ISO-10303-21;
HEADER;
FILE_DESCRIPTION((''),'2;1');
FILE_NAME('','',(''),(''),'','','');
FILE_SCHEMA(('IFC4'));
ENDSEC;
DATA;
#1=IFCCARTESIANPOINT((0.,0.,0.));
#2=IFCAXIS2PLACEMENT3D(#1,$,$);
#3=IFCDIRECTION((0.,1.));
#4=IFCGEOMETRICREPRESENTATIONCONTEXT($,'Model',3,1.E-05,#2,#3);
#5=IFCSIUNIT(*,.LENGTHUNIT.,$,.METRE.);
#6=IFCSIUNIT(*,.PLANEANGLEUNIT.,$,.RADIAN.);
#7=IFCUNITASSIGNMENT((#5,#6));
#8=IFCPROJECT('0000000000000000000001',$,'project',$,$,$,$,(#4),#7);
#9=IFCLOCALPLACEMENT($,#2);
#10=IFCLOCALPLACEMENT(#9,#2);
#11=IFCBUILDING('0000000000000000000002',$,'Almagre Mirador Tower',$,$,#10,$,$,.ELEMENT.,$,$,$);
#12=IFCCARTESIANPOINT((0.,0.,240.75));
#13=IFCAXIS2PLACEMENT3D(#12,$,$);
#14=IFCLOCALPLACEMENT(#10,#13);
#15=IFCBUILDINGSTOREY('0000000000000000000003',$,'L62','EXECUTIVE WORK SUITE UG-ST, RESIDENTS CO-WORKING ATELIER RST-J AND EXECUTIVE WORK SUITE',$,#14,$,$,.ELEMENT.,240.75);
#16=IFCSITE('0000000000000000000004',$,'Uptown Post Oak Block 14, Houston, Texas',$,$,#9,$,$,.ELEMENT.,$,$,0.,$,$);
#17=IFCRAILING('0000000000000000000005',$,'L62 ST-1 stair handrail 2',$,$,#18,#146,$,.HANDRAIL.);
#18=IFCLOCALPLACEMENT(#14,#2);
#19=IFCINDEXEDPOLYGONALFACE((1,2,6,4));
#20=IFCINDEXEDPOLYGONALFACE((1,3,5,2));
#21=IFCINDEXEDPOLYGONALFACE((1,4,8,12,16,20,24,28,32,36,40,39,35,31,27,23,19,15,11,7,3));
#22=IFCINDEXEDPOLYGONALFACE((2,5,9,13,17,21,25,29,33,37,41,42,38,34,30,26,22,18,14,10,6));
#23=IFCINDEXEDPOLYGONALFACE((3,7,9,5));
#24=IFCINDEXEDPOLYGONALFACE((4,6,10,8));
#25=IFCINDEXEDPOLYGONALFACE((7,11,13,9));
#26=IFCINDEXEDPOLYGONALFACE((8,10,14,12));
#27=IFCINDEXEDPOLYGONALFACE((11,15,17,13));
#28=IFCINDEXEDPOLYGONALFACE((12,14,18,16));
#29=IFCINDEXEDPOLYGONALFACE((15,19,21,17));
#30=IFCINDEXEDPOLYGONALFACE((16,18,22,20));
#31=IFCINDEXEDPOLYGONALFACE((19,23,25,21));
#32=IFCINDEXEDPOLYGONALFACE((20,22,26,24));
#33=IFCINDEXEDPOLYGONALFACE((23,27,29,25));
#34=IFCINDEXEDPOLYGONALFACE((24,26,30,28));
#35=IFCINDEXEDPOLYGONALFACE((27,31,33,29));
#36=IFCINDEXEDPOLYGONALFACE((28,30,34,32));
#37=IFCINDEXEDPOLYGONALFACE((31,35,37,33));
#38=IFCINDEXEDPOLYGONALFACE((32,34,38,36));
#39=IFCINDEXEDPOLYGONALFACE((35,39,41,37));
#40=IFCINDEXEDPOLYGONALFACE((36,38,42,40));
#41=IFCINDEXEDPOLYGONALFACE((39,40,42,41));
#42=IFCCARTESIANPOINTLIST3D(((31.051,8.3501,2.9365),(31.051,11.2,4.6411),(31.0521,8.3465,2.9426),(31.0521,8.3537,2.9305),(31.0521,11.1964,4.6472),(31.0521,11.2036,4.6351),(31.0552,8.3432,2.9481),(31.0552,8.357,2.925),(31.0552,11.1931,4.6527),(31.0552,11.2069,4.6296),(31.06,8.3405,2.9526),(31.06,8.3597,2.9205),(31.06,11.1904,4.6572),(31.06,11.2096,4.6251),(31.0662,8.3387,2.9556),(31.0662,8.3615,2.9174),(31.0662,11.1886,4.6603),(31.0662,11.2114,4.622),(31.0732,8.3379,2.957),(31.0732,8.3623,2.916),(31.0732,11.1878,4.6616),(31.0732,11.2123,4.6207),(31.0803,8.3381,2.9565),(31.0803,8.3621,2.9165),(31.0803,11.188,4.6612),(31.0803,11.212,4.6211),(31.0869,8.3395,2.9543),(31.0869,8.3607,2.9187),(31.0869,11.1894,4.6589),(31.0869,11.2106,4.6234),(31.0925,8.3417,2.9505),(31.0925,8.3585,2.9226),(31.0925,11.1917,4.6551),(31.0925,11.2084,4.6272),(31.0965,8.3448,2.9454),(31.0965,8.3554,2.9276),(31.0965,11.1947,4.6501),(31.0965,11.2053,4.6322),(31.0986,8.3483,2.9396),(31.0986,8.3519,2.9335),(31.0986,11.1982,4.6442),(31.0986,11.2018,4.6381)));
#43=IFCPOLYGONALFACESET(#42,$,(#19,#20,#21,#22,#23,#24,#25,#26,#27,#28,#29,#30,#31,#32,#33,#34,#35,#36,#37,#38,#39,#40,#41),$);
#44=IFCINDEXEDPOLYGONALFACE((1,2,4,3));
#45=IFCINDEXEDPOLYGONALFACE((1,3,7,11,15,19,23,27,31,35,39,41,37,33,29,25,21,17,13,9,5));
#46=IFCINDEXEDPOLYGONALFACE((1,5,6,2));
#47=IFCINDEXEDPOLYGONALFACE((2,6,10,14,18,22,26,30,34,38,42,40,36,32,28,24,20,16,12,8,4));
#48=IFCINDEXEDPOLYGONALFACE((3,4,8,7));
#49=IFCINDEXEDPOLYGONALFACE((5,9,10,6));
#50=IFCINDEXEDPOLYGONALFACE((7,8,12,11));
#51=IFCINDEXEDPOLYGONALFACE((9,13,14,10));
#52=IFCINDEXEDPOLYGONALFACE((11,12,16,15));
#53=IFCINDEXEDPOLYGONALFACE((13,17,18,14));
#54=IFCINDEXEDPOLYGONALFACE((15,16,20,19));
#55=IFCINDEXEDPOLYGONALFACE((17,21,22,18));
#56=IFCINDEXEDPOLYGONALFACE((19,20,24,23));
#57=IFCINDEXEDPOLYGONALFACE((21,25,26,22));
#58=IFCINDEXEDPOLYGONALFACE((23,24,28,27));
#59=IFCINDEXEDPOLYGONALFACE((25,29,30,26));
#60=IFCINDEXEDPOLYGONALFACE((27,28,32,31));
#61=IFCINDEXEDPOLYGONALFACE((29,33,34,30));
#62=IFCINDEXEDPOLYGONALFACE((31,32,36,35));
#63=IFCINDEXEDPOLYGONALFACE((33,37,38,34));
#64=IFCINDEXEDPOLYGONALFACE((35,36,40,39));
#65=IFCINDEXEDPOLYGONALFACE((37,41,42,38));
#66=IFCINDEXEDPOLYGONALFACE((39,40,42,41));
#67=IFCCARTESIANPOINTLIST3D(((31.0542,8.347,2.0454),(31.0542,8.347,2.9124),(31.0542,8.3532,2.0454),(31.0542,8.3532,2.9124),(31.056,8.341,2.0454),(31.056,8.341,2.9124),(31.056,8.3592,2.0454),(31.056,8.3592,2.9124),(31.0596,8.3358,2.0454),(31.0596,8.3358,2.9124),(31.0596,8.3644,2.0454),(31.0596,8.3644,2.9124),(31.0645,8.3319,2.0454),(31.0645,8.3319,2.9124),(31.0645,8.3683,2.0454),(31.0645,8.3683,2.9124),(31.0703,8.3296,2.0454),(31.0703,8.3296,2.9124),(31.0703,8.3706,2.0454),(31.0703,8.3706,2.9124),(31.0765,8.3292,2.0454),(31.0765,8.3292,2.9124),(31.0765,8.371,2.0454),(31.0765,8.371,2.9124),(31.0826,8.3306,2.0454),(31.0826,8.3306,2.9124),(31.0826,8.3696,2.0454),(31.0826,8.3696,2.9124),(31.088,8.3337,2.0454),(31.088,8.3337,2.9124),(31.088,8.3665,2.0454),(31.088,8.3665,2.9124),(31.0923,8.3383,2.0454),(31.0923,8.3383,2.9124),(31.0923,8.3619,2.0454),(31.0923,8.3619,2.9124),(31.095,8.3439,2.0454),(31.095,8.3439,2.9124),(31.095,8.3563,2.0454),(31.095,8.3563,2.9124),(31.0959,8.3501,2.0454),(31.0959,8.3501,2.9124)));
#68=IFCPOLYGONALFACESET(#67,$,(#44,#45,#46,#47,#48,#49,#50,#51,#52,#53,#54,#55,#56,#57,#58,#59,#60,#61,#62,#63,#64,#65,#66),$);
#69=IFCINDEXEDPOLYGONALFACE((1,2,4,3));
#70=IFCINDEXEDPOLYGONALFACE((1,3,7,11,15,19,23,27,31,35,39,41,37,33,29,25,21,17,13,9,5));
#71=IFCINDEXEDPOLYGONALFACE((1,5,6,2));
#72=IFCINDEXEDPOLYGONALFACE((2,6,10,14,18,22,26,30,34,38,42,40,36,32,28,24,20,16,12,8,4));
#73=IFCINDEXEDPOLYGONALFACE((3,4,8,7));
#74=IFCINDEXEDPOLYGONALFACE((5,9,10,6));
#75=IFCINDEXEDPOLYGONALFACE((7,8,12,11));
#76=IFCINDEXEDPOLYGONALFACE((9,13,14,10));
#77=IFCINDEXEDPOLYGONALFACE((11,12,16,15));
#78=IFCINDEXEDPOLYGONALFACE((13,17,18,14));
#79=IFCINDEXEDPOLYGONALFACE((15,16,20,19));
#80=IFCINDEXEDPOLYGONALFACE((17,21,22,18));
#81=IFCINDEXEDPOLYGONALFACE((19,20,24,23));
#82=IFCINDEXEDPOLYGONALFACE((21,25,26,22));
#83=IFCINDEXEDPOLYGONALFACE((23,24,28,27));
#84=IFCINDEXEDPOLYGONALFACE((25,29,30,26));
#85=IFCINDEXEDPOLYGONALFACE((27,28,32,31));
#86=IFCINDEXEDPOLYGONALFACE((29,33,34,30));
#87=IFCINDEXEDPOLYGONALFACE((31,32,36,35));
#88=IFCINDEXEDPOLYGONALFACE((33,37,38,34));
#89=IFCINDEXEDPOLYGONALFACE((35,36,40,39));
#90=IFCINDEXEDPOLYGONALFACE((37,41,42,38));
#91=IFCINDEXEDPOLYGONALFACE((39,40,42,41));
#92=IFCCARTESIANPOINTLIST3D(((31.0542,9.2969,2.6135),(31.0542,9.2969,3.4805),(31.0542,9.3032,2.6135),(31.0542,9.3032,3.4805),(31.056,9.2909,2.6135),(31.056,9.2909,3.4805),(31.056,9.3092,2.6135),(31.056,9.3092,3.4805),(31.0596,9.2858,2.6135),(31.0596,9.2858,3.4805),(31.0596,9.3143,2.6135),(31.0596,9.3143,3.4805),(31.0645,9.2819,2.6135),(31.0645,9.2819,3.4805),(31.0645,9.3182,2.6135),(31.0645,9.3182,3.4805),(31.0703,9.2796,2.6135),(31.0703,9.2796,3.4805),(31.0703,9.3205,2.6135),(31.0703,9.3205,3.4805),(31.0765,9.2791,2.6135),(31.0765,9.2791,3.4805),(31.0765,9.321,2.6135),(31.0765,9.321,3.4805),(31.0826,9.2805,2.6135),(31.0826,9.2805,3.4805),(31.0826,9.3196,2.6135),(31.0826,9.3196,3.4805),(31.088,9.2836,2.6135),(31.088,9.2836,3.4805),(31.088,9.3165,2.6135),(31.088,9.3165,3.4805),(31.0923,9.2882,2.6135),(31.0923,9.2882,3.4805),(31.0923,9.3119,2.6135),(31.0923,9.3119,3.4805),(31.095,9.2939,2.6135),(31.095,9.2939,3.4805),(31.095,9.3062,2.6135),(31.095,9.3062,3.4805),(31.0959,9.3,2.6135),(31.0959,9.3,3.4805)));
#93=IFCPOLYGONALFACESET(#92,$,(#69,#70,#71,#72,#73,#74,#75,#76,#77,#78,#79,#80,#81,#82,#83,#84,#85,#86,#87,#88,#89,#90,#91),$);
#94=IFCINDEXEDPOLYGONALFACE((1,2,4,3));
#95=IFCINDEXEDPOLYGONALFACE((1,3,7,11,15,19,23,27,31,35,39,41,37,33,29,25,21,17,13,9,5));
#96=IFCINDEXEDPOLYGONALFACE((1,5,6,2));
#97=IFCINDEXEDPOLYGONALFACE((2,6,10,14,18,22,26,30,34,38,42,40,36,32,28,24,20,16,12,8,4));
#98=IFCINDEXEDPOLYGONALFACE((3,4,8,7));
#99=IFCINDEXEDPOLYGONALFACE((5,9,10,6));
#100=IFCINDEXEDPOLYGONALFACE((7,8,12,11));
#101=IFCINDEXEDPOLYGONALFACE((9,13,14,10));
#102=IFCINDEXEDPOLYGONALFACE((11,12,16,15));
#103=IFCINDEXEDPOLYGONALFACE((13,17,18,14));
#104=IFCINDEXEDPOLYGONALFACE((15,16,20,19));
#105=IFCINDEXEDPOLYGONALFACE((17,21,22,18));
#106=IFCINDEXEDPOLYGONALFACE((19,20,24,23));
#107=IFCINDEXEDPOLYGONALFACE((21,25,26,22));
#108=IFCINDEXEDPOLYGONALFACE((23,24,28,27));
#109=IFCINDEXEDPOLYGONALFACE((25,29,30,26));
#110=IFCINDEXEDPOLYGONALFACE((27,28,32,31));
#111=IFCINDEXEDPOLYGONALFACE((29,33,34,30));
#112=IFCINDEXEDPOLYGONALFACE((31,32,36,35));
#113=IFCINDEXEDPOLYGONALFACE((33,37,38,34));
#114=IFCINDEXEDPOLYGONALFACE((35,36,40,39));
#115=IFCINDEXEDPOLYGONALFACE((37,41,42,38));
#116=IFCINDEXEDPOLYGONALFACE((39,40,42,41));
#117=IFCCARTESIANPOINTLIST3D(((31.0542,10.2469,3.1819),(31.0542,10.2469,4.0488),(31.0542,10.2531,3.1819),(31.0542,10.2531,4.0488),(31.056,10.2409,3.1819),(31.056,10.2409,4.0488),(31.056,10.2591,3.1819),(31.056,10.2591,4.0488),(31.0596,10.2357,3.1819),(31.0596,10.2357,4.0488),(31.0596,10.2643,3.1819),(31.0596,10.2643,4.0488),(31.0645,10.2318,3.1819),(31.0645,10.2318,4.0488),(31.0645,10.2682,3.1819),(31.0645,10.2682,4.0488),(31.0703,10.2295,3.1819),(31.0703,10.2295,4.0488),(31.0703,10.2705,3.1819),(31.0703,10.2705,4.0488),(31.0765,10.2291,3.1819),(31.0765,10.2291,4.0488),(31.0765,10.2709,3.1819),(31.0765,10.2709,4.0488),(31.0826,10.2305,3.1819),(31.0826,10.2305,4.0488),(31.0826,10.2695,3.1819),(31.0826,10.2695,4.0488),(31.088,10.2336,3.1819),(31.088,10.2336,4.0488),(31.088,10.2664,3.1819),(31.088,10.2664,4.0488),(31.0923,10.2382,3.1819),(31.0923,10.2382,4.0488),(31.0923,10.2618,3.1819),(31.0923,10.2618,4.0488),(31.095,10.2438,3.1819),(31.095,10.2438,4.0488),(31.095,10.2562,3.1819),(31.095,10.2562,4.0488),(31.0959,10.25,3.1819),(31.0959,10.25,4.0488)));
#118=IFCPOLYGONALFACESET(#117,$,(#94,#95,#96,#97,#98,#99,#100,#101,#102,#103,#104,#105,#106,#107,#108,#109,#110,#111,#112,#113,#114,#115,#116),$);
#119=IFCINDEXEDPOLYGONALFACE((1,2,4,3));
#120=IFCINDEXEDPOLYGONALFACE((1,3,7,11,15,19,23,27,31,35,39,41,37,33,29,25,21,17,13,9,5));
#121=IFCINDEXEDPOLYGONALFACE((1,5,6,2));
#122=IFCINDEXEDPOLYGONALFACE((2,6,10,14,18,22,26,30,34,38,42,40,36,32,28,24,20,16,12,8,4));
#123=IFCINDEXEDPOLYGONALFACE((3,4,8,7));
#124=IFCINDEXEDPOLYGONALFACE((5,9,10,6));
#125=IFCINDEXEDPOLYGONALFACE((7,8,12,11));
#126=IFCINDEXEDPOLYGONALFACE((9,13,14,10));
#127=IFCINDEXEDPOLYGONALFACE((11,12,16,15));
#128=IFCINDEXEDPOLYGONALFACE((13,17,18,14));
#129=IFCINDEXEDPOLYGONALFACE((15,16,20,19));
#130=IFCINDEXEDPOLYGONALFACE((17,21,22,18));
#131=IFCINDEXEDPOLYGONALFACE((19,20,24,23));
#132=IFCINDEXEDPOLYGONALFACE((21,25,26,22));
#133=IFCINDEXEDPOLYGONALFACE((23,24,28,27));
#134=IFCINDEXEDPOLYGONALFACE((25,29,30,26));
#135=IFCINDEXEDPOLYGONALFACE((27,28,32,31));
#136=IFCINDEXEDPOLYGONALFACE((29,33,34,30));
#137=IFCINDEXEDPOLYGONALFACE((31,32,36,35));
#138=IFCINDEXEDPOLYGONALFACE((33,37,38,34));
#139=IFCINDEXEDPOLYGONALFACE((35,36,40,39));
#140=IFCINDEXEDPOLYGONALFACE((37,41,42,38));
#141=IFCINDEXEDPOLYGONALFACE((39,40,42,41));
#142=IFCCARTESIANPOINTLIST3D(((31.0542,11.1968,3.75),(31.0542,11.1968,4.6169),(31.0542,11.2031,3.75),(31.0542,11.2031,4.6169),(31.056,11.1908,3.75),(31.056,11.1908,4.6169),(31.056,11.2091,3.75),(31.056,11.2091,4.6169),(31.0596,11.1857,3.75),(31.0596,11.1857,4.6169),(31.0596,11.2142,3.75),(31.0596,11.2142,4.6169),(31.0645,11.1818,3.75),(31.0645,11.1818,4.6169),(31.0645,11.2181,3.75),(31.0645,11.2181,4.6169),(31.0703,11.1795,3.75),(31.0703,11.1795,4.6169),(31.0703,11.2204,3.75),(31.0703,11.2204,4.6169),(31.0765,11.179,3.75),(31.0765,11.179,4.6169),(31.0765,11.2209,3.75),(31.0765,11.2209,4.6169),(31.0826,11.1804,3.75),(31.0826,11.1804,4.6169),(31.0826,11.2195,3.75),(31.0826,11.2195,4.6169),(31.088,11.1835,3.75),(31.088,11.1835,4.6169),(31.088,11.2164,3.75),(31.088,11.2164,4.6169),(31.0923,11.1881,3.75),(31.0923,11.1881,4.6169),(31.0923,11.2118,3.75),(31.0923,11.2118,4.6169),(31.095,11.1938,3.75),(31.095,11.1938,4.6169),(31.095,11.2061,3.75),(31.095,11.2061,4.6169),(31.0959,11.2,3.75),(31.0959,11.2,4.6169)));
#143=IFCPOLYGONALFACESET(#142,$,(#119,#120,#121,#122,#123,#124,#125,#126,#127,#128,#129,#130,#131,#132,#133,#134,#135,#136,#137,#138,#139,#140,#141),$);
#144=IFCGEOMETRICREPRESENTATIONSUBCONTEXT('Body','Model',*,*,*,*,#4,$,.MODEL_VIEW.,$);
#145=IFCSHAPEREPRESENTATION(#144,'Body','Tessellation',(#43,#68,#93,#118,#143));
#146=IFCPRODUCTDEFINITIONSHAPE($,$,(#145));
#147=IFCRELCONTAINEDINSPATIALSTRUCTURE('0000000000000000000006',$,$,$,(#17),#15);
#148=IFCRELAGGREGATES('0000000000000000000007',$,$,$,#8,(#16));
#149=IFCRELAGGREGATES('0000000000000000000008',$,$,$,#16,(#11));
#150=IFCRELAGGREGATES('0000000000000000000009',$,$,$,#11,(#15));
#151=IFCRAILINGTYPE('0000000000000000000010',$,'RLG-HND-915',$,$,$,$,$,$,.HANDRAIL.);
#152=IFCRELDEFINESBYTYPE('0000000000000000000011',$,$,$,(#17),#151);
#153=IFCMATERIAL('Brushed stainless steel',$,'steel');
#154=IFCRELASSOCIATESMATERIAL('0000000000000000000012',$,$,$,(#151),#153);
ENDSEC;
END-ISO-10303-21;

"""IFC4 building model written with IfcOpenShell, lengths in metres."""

from ifc_helpers import new_model, si_unit, direction, frame, origin, origin_2d, place, context, subcontext, project, spatial, circle, extrude, material, type_object, element, save


model = new_model("IFC4")

# Units and contexts
model_context = context("Model", 3, precision=1e-05, world=origin(), true_north=direction((0.0, 1.0)))
body_context = subcontext(model_context, "Body", "Model", "MODEL_VIEW")
ifc_project = project(units=[si_unit("LENGTHUNIT", "METRE"), si_unit("PLANEANGLEUNIT", "RADIAN")], contexts=[model_context])

# Site, building, storey
site_placement = place(None, origin())
site = spatial("IfcSite", under=ifc_project, at=site_placement, Name="Uptown Post Oak Block 14, Houston, Texas", CompositionType="ELEMENT", RefElevation=0.0)
building_placement = place(site_placement, origin())
building = spatial("IfcBuilding", under=site, at=building_placement, Name="Almagre Mirador Tower", CompositionType="ELEMENT")
storey_placement = place(building_placement, frame((0.0, 0.0, 240.75)))
storey = spatial("IfcBuildingStorey", under=building, at=storey_placement, Name="L62", Description="EXECUTIVE WORK SUITE UG-ST, RESIDENTS CO-WORKING ATELIER RST-J AND EXECUTIVE WORK SUITE", CompositionType="ELEMENT", Elevation=240.75)

# Railing
ifc_material_1 = material(Name="Brushed stainless steel", Category="steel")
railing_type_1 = type_object("IfcRailingType", Name="RLG-HND-915", PredefinedType="HANDRAIL", material=ifc_material_1)
railing_1_placement = place(storey_placement, frame((31.075, 8.3501, 2.0454)))
element("IfcRailing", 1, at=railing_1_placement, inside=storey, type_object=railing_type_1, Name="L62 ST-1 stair handrail 2", PredefinedType="HANDRAIL", context=body_context, shape_type="SweptSolid", body=[
    extrude(circle(Radius=0.0239, at=origin_2d()), frame((0.0, 0.0, 0.8911), z_axis=(0.0, 0.858199, 0.513317), x_axis=(-1.0, 0.0, 0.0)), (0.0, 0.0, 1.0), 3.3208),
    extrude(circle(Radius=0.021, at=origin_2d()), origin(), (0.0, 0.0, 1.0), 0.8669),
    extrude(circle(Radius=0.021, at=origin_2d()), frame((0.0, 0.95, 0.5681)), (0.0, 0.0, 1.0), 0.8669),
    extrude(circle(Radius=0.021, at=origin_2d()), frame((0.0, 1.8999, 1.1365)), (0.0, 0.0, 1.0), 0.8669),
    extrude(circle(Radius=0.021, at=origin_2d()), frame((0.0, 2.8499, 1.7046)), (0.0, 0.0, 1.0), 0.8669),
])

save(model, "model.ifc")
